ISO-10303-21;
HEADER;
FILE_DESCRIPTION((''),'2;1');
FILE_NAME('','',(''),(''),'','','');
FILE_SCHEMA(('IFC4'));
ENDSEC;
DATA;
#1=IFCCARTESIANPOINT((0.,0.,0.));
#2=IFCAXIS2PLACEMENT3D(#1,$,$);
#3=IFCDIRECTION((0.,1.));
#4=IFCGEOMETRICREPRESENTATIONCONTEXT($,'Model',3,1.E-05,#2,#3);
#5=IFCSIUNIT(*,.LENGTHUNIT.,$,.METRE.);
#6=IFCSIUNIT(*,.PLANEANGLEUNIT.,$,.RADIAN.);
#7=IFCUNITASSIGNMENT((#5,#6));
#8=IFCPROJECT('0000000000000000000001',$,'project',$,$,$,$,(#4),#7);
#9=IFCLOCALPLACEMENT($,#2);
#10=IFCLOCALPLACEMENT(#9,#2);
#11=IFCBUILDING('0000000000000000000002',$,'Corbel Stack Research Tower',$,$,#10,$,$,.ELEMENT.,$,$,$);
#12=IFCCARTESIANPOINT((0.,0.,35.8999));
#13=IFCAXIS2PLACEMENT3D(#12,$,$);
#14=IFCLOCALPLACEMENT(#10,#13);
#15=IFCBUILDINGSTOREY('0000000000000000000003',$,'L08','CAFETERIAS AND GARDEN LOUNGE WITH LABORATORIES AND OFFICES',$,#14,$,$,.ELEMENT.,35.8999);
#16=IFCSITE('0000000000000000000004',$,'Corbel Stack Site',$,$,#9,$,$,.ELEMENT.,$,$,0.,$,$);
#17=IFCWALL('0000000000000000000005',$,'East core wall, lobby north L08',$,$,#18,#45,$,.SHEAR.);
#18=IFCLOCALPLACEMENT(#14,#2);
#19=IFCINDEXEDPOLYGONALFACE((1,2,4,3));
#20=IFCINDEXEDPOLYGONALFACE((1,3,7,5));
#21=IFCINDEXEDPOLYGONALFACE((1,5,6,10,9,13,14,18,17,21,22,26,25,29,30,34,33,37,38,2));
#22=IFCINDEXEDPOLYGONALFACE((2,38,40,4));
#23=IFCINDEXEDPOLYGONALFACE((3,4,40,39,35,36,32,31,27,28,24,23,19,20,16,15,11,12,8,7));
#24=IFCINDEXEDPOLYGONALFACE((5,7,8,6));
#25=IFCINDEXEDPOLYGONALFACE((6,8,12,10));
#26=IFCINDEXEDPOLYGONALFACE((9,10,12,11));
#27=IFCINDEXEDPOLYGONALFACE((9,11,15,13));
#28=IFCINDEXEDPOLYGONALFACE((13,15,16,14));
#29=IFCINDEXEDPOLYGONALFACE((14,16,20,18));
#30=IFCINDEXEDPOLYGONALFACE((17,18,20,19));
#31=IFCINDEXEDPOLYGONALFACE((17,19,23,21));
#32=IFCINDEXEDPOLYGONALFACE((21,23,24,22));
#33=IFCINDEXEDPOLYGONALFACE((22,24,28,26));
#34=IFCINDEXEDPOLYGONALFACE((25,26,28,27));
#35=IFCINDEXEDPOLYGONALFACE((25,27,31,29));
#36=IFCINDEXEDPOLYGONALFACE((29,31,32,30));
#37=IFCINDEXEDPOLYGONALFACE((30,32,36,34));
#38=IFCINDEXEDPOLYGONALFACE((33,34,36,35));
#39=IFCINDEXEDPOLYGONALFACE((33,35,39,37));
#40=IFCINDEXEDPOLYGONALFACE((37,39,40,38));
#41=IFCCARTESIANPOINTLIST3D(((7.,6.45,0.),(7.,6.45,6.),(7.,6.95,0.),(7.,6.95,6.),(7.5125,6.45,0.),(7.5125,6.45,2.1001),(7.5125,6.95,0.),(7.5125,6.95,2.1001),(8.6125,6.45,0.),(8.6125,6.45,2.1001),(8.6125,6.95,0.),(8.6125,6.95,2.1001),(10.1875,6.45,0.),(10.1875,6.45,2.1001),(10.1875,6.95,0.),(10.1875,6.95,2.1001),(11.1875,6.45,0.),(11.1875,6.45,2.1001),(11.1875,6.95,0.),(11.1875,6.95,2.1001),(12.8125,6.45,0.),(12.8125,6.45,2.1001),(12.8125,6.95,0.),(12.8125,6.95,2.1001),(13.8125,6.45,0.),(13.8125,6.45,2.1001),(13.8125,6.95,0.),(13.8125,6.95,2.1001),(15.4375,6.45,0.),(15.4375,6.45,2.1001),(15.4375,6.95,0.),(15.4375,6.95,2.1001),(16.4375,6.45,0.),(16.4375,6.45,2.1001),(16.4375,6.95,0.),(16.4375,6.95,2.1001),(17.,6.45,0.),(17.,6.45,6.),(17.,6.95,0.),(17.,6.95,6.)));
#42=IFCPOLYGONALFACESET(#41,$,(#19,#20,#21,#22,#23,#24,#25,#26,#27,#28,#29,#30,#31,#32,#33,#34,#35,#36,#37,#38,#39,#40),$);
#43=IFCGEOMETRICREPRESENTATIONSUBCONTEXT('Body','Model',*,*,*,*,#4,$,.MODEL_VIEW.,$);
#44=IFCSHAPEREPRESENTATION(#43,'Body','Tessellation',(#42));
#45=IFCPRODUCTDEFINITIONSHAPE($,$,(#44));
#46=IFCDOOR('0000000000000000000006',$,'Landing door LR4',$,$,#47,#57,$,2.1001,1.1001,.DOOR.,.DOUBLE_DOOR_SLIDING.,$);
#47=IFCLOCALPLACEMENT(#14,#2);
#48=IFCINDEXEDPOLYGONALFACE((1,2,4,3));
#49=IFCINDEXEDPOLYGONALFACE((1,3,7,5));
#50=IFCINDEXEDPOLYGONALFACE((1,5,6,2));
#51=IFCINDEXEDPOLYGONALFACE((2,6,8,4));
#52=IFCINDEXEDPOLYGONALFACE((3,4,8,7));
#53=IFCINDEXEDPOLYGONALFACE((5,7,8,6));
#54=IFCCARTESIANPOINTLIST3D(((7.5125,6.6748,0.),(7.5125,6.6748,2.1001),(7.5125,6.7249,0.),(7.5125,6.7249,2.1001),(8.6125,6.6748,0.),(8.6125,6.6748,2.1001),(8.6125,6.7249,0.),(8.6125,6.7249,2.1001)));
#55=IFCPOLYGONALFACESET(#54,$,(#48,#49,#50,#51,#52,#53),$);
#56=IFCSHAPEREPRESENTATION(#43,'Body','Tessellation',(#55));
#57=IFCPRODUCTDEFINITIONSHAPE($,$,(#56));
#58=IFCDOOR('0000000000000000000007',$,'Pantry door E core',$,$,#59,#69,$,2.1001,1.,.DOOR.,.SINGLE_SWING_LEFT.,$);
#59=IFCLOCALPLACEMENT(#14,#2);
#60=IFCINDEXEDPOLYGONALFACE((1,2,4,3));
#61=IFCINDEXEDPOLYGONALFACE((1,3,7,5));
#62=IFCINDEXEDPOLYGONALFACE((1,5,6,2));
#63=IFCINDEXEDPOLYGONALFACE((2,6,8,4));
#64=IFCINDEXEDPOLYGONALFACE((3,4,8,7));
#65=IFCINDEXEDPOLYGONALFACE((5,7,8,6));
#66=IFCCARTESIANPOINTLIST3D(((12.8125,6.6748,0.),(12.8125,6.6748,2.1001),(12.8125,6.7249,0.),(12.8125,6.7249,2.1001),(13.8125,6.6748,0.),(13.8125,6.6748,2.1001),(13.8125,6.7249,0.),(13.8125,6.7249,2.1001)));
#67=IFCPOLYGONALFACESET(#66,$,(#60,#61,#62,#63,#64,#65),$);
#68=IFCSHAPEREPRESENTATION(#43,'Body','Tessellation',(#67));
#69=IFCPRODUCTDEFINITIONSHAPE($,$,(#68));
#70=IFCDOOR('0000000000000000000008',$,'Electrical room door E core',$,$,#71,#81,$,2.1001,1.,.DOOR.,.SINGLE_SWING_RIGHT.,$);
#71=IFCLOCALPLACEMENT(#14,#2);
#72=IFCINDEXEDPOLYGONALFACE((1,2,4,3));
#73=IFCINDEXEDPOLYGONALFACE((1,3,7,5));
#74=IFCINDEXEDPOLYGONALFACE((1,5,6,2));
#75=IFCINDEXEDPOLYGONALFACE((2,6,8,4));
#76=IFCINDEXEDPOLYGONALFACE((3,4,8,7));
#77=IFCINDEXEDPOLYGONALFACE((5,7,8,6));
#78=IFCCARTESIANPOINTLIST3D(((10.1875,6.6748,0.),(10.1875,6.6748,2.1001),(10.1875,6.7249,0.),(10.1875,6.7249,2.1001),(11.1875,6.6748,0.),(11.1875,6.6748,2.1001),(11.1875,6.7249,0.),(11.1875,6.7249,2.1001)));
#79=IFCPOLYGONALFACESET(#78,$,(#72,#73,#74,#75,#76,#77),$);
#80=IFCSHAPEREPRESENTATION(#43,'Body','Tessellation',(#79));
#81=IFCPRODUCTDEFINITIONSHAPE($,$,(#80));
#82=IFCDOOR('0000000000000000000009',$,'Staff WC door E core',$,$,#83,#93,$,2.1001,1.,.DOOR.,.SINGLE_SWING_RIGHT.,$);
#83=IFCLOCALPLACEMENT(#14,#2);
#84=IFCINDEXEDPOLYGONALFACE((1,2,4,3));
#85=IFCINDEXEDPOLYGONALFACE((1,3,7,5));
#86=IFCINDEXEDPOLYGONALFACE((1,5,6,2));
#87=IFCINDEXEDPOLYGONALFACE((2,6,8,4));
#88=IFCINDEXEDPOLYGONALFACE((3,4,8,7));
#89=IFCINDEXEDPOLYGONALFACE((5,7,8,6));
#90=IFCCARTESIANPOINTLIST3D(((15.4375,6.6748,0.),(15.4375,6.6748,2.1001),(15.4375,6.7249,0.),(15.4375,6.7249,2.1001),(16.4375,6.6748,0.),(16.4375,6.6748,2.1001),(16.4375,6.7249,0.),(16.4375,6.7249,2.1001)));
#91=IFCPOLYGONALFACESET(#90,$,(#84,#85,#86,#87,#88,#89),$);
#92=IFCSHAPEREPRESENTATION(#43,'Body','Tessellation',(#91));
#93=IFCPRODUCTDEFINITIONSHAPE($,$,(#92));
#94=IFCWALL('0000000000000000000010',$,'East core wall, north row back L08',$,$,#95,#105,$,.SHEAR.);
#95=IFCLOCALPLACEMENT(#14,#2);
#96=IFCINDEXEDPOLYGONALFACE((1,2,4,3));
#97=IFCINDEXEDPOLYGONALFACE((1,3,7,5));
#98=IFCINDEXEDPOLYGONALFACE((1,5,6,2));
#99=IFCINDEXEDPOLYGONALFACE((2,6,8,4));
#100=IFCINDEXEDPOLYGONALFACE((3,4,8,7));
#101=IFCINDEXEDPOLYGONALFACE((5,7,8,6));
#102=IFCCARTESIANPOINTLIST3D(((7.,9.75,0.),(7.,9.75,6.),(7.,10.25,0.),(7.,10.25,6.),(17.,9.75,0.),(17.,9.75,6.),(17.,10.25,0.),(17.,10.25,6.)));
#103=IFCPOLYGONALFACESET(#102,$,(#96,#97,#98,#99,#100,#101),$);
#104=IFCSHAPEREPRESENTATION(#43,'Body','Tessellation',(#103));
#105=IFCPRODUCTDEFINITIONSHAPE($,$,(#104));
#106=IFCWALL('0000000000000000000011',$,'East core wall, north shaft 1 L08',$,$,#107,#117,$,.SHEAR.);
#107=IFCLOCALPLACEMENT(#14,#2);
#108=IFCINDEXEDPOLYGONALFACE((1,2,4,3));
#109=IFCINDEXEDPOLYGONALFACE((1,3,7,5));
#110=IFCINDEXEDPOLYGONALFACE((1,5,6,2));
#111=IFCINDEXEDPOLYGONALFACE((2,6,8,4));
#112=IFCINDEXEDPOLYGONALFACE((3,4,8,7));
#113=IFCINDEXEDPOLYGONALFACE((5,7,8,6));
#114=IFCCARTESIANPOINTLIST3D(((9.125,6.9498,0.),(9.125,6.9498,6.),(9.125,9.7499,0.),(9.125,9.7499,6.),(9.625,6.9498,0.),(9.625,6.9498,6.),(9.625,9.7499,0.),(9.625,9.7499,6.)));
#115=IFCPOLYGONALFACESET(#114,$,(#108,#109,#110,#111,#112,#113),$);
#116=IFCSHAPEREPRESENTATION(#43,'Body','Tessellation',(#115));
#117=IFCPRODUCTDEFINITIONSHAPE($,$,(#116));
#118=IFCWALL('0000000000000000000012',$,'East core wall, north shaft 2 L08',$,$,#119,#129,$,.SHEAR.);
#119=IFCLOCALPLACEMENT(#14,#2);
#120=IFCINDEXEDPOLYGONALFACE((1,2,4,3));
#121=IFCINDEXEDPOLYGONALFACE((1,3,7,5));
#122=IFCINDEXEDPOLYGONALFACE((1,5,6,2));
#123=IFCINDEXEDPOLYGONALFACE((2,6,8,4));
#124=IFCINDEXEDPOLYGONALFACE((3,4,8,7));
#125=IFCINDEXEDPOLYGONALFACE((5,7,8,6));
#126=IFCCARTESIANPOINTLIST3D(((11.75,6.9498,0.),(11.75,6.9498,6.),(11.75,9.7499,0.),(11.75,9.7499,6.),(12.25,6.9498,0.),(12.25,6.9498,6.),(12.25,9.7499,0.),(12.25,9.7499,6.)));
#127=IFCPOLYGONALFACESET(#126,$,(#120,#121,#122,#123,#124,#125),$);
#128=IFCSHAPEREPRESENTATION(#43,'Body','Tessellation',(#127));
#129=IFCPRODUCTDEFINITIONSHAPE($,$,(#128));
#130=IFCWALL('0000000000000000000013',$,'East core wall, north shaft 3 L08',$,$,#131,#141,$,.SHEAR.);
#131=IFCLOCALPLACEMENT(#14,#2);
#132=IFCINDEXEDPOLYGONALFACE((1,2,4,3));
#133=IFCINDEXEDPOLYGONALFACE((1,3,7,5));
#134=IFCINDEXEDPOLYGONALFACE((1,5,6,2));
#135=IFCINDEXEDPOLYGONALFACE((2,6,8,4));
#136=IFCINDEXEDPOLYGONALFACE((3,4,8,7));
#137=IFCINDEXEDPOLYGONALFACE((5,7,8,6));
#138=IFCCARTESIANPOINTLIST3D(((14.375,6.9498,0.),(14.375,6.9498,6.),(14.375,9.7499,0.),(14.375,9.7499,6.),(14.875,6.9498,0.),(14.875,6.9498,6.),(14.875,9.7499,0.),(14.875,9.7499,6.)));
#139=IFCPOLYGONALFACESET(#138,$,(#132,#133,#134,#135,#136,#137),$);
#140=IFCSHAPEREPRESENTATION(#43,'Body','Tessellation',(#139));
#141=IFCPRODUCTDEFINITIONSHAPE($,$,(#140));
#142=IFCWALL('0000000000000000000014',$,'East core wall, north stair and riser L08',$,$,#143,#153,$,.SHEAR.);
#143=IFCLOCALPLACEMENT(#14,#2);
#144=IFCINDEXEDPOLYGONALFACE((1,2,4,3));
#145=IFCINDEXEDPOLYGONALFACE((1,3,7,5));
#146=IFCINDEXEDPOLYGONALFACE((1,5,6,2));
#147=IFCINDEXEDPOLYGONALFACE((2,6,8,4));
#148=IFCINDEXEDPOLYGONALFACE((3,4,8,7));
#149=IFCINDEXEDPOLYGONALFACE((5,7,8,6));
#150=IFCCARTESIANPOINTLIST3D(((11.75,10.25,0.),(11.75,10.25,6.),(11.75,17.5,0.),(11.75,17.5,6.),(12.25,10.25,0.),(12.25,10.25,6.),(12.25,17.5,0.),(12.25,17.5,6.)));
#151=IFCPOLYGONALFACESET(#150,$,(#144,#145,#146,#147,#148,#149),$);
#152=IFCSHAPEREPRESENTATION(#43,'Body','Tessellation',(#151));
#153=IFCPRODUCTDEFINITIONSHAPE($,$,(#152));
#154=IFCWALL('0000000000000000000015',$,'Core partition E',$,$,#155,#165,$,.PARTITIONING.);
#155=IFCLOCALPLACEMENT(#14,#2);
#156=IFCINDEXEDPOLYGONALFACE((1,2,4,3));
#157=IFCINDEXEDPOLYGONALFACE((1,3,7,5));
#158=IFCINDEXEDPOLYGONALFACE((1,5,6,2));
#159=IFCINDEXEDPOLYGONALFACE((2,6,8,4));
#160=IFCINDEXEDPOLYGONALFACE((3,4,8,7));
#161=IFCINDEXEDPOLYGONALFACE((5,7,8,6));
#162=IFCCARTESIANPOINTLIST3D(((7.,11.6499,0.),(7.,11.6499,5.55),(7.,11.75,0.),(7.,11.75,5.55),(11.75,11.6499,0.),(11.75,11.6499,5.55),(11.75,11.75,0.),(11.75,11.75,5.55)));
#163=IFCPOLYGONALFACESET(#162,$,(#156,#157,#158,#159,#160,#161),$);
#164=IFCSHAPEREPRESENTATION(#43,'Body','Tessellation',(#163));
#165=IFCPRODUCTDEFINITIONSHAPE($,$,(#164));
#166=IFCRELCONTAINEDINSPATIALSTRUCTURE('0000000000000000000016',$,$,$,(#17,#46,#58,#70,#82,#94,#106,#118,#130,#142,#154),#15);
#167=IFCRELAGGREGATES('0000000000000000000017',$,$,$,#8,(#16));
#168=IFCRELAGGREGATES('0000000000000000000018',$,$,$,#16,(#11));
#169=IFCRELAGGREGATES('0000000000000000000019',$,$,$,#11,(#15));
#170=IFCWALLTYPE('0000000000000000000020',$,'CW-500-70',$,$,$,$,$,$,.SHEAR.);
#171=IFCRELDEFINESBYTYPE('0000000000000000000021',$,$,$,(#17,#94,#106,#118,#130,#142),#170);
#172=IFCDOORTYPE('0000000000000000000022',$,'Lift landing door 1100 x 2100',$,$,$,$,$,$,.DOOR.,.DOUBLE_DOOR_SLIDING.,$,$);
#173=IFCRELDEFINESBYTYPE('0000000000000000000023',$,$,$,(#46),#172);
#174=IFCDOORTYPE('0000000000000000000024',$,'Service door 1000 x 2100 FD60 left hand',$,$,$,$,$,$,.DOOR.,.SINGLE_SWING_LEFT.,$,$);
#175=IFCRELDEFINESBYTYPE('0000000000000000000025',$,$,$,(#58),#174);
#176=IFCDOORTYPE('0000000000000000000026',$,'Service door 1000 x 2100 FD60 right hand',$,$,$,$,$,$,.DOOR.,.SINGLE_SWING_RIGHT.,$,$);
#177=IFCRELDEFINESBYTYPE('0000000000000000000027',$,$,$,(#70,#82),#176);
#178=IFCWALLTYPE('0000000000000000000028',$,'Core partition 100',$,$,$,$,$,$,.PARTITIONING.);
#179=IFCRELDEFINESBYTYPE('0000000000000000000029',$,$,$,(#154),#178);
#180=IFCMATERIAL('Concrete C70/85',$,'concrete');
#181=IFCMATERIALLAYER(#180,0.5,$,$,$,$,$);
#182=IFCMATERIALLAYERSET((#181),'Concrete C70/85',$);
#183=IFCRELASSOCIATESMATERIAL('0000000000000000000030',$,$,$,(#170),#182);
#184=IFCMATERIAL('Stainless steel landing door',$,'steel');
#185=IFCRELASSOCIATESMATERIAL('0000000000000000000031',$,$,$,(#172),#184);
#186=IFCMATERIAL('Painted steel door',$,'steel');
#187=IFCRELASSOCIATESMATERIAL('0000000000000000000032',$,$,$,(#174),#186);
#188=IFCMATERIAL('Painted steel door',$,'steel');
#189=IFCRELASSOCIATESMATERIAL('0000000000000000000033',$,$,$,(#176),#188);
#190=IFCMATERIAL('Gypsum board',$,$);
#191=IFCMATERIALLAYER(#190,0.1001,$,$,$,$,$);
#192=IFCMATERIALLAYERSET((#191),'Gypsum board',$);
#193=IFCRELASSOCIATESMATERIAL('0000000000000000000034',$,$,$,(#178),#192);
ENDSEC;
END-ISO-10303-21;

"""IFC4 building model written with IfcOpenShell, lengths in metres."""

from ifc_helpers import new_model, si_unit, direction, frame, frame_2d, origin, place, context, subcontext, project, spatial, rectangle, extrude, material, layer, layer_set, type_object, element, fill, save


model = new_model("IFC4")

# Units and contexts
model_context = context("Model", 3, precision=1e-05, world=origin(), true_north=direction((0.0, 1.0)))
body_context = subcontext(model_context, "Body", "Model", "MODEL_VIEW")
ifc_project = project(units=[si_unit("LENGTHUNIT", "METRE"), si_unit("PLANEANGLEUNIT", "RADIAN")], contexts=[model_context])

# Site, building, storey
site_placement = place(None, origin())
site = spatial("IfcSite", under=ifc_project, at=site_placement, Name="Corbel Stack Site", CompositionType="ELEMENT", RefElevation=0.0)
building_placement = place(site_placement, origin())
building = spatial("IfcBuilding", under=site, at=building_placement, Name="Corbel Stack Research Tower", CompositionType="ELEMENT")
storey_placement = place(building_placement, frame((0.0, 0.0, 35.8999)))
storey = spatial("IfcBuildingStorey", under=building, at=storey_placement, Name="L08", Description="CAFETERIAS AND GARDEN LOUNGE WITH LABORATORIES AND OFFICES", CompositionType="ELEMENT", Elevation=35.8999)

# Wall, openings, doors
ifc_material_1 = material(Name="Concrete C70/85", Category="concrete")
ifc_layer_1 = layer(ifc_material_1, 0.5)
ifc_layer_set_1 = layer_set([ifc_layer_1], Name="Concrete C70/85")
wall_type_1 = type_object("IfcWallType", Name="CW-500-70", PredefinedType="SHEAR", material=ifc_layer_set_1)
ifc_material_2 = material(Name="Stainless steel landing door", Category="steel")
door_type_1 = type_object("IfcDoorType", Name="Lift landing door 1100 x 2100", OperationType="DOUBLE_DOOR_SLIDING", PredefinedType="DOOR", material=ifc_material_2)
wall_1_placement = place(storey_placement, frame((7.0, 6.7, 0.0), z_axis=(0.0, 0.0, 1.0), x_axis=(1.0, 0.0, 0.0)))
wall_1 = element("IfcWall", 1, at=wall_1_placement, inside=storey, type_object=wall_type_1, Name="East core wall, lobby north L08", PredefinedType="SHEAR", context=body_context, shape_type="SweptSolid", body=[
    extrude(rectangle(XDim=10.0, YDim=0.5, at=frame_2d((5.0, 0.0))), origin(), (0.0, 0.0, 1.0), 6.0),
])
opening_1_placement = place(wall_1_placement, frame((0.5125, 0.0, 0.0)))
opening_1 = element("IfcOpeningElement", 2, at=opening_1_placement, cuts=wall_1, PredefinedType="OPENING", context=body_context, shape_type="SweptSolid", body=[
    extrude(rectangle(XDim=1.1001, YDim=2.1001, at=frame_2d((0.55, 1.05))), frame((0.0, 0.26, 0.0), z_axis=(0.0, -1.0, 0.0), x_axis=(1.0, 0.0, 0.0)), (0.0, 0.0, 1.0), 0.52),
])
opening_2_placement = place(wall_1_placement, frame((3.1875, 0.0, 0.0)))
opening_2 = element("IfcOpeningElement", 3, at=opening_2_placement, cuts=wall_1, PredefinedType="OPENING", context=body_context, shape_type="SweptSolid", body=[
    extrude(rectangle(XDim=1.0, YDim=2.1001, at=frame_2d((0.5, 1.05))), frame((0.0, 0.26, 0.0), z_axis=(0.0, -1.0, 0.0), x_axis=(1.0, 0.0, 0.0)), (0.0, 0.0, 1.0), 0.52),
])
opening_3_placement = place(wall_1_placement, frame((5.8125, 0.0, 0.0)))
opening_3 = element("IfcOpeningElement", 4, at=opening_3_placement, cuts=wall_1, PredefinedType="OPENING", context=body_context, shape_type="SweptSolid", body=[
    extrude(rectangle(XDim=1.0, YDim=2.1001, at=frame_2d((0.5, 1.05))), frame((0.0, 0.26, 0.0), z_axis=(0.0, -1.0, 0.0), x_axis=(1.0, 0.0, 0.0)), (0.0, 0.0, 1.0), 0.52),
])
opening_4_placement = place(wall_1_placement, frame((8.4375, 0.0, 0.0)))
opening_4 = element("IfcOpeningElement", 5, at=opening_4_placement, cuts=wall_1, PredefinedType="OPENING", context=body_context, shape_type="SweptSolid", body=[
    extrude(rectangle(XDim=1.0, YDim=2.1001, at=frame_2d((0.5, 1.05))), frame((0.0, 0.26, 0.0), z_axis=(0.0, -1.0, 0.0), x_axis=(1.0, 0.0, 0.0)), (0.0, 0.0, 1.0), 0.52),
])
door_1_placement = place(opening_1_placement, origin())
door_1 = element("IfcDoor", 6, at=door_1_placement, inside=storey, type_object=door_type_1, Name="Landing door LR4", OperationType="DOUBLE_DOOR_SLIDING", OverallHeight=2.1001, OverallWidth=1.1001, PredefinedType="DOOR", context=body_context, shape_type="SweptSolid", body=[
    extrude(rectangle(XDim=1.1001, YDim=2.1001, at=frame_2d((0.55, 1.05))), frame((0.0, 0.0249, 0.0), z_axis=(0.0, -1.0, 0.0), x_axis=(1.0, 0.0, 0.0)), (0.0, 0.0, 1.0), 0.05),
])
fill(opening_1, door_1)
ifc_material_3 = material(Name="Painted steel door", Category="steel")
door_type_2 = type_object("IfcDoorType", Name="Service door 1000 x 2100 FD60 left hand", OperationType="SINGLE_SWING_LEFT", PredefinedType="DOOR", material=ifc_material_3)
door_2_placement = place(opening_3_placement, origin())
door_2 = element("IfcDoor", 7, at=door_2_placement, inside=storey, type_object=door_type_2, Name="Pantry door E core", OperationType="SINGLE_SWING_LEFT", OverallHeight=2.1001, OverallWidth=1.0, PredefinedType="DOOR", context=body_context, shape_type="SweptSolid", body=[
    extrude(rectangle(XDim=1.0, YDim=2.1001, at=frame_2d((0.5, 1.05))), frame((0.0, 0.0249, 0.0), z_axis=(0.0, -1.0, 0.0), x_axis=(1.0, 0.0, 0.0)), (0.0, 0.0, 1.0), 0.05),
])
fill(opening_3, door_2)
ifc_material_4 = material(Name="Painted steel door", Category="steel")
door_type_3 = type_object("IfcDoorType", Name="Service door 1000 x 2100 FD60 right hand", OperationType="SINGLE_SWING_RIGHT", PredefinedType="DOOR", material=ifc_material_4)
door_3_placement = place(opening_2_placement, origin())
door_3 = element("IfcDoor", 8, at=door_3_placement, inside=storey, type_object=door_type_3, Name="Electrical room door E core", OperationType="SINGLE_SWING_RIGHT", OverallHeight=2.1001, OverallWidth=1.0, PredefinedType="DOOR", context=body_context, shape_type="SweptSolid", body=[
    extrude(rectangle(XDim=1.0, YDim=2.1001, at=frame_2d((0.5, 1.05))), frame((0.0, 0.0249, 0.0), z_axis=(0.0, -1.0, 0.0), x_axis=(1.0, 0.0, 0.0)), (0.0, 0.0, 1.0), 0.05),
])
fill(opening_2, door_3)
door_4_placement = place(opening_4_placement, origin())
door_4 = element("IfcDoor", 9, at=door_4_placement, inside=storey, type_object=door_type_3, Name="Staff WC door E core", OperationType="SINGLE_SWING_RIGHT", OverallHeight=2.1001, OverallWidth=1.0, PredefinedType="DOOR", context=body_context, shape_type="SweptSolid", body=[
    extrude(rectangle(XDim=1.0, YDim=2.1001, at=frame_2d((0.5, 1.05))), frame((0.0, 0.0249, 0.0), z_axis=(0.0, -1.0, 0.0), x_axis=(1.0, 0.0, 0.0)), (0.0, 0.0, 1.0), 0.05),
])
fill(opening_4, door_4)

# Walls
wall_2_placement = place(storey_placement, frame((7.0, 10.0, 0.0), z_axis=(0.0, 0.0, 1.0), x_axis=(1.0, 0.0, 0.0)))
element("IfcWall", 10, at=wall_2_placement, inside=storey, type_object=wall_type_1, Name="East core wall, north row back L08", PredefinedType="SHEAR", context=body_context, shape_type="SweptSolid", body=[
    extrude(rectangle(XDim=10.0, YDim=0.5, at=frame_2d((5.0, 0.0))), origin(), (0.0, 0.0, 1.0), 6.0),
])
for number, where, z_axis, x_axis, name in (
    (11, (9.375, 6.95, 0.0), (0.0, 0.0, 1.0), (0.0, 1.0, 0.0), "East core wall, north shaft 1 L08"),
    (12, (12.0, 6.95, 0.0), (0.0, 0.0, 1.0), (0.0, 1.0, 0.0), "East core wall, north shaft 2 L08"),
    (13, (14.625, 6.95, 0.0), (0.0, 0.0, 1.0), (0.0, 1.0, 0.0), "East core wall, north shaft 3 L08"),
):
    element("IfcWall", number, at=place(storey_placement, frame(where, z_axis=z_axis, x_axis=x_axis)), inside=storey, type_object=wall_type_1, Name=name, PredefinedType="SHEAR", context=body_context, shape_type="SweptSolid", body=[
        extrude(rectangle(XDim=2.8, YDim=0.5, at=frame_2d((1.3999, 0.0))), origin(), (0.0, 0.0, 1.0), 6.0),
    ])
wall_3_placement = place(storey_placement, frame((12.0, 10.25, 0.0), z_axis=(0.0, 0.0, 1.0), x_axis=(0.0, 1.0, 0.0)))
element("IfcWall", 14, at=wall_3_placement, inside=storey, type_object=wall_type_1, Name="East core wall, north stair and riser L08", PredefinedType="SHEAR", context=body_context, shape_type="SweptSolid", body=[
    extrude(rectangle(XDim=7.25, YDim=0.5, at=frame_2d((3.625, 0.0))), origin(), (0.0, 0.0, 1.0), 6.0),
])
ifc_material_5 = material(Name="Gypsum board")
ifc_layer_2 = layer(ifc_material_5, 0.1001)
ifc_layer_set_2 = layer_set([ifc_layer_2], Name="Gypsum board")
wall_type_2 = type_object("IfcWallType", Name="Core partition 100", PredefinedType="PARTITIONING", material=ifc_layer_set_2)
wall_4_placement = place(storey_placement, frame((7.0, 11.7, 0.0), z_axis=(0.0, 0.0, 1.0), x_axis=(1.0, 0.0, 0.0)))
element("IfcWall", 15, at=wall_4_placement, inside=storey, type_object=wall_type_2, Name="Core partition E", PredefinedType="PARTITIONING", context=body_context, shape_type="SweptSolid", body=[
    extrude(rectangle(XDim=4.75, YDim=0.1001, at=frame_2d((2.375, 0.0))), origin(), (0.0, 0.0, 1.0), 5.55),
])

save(model, "model.ifc")
